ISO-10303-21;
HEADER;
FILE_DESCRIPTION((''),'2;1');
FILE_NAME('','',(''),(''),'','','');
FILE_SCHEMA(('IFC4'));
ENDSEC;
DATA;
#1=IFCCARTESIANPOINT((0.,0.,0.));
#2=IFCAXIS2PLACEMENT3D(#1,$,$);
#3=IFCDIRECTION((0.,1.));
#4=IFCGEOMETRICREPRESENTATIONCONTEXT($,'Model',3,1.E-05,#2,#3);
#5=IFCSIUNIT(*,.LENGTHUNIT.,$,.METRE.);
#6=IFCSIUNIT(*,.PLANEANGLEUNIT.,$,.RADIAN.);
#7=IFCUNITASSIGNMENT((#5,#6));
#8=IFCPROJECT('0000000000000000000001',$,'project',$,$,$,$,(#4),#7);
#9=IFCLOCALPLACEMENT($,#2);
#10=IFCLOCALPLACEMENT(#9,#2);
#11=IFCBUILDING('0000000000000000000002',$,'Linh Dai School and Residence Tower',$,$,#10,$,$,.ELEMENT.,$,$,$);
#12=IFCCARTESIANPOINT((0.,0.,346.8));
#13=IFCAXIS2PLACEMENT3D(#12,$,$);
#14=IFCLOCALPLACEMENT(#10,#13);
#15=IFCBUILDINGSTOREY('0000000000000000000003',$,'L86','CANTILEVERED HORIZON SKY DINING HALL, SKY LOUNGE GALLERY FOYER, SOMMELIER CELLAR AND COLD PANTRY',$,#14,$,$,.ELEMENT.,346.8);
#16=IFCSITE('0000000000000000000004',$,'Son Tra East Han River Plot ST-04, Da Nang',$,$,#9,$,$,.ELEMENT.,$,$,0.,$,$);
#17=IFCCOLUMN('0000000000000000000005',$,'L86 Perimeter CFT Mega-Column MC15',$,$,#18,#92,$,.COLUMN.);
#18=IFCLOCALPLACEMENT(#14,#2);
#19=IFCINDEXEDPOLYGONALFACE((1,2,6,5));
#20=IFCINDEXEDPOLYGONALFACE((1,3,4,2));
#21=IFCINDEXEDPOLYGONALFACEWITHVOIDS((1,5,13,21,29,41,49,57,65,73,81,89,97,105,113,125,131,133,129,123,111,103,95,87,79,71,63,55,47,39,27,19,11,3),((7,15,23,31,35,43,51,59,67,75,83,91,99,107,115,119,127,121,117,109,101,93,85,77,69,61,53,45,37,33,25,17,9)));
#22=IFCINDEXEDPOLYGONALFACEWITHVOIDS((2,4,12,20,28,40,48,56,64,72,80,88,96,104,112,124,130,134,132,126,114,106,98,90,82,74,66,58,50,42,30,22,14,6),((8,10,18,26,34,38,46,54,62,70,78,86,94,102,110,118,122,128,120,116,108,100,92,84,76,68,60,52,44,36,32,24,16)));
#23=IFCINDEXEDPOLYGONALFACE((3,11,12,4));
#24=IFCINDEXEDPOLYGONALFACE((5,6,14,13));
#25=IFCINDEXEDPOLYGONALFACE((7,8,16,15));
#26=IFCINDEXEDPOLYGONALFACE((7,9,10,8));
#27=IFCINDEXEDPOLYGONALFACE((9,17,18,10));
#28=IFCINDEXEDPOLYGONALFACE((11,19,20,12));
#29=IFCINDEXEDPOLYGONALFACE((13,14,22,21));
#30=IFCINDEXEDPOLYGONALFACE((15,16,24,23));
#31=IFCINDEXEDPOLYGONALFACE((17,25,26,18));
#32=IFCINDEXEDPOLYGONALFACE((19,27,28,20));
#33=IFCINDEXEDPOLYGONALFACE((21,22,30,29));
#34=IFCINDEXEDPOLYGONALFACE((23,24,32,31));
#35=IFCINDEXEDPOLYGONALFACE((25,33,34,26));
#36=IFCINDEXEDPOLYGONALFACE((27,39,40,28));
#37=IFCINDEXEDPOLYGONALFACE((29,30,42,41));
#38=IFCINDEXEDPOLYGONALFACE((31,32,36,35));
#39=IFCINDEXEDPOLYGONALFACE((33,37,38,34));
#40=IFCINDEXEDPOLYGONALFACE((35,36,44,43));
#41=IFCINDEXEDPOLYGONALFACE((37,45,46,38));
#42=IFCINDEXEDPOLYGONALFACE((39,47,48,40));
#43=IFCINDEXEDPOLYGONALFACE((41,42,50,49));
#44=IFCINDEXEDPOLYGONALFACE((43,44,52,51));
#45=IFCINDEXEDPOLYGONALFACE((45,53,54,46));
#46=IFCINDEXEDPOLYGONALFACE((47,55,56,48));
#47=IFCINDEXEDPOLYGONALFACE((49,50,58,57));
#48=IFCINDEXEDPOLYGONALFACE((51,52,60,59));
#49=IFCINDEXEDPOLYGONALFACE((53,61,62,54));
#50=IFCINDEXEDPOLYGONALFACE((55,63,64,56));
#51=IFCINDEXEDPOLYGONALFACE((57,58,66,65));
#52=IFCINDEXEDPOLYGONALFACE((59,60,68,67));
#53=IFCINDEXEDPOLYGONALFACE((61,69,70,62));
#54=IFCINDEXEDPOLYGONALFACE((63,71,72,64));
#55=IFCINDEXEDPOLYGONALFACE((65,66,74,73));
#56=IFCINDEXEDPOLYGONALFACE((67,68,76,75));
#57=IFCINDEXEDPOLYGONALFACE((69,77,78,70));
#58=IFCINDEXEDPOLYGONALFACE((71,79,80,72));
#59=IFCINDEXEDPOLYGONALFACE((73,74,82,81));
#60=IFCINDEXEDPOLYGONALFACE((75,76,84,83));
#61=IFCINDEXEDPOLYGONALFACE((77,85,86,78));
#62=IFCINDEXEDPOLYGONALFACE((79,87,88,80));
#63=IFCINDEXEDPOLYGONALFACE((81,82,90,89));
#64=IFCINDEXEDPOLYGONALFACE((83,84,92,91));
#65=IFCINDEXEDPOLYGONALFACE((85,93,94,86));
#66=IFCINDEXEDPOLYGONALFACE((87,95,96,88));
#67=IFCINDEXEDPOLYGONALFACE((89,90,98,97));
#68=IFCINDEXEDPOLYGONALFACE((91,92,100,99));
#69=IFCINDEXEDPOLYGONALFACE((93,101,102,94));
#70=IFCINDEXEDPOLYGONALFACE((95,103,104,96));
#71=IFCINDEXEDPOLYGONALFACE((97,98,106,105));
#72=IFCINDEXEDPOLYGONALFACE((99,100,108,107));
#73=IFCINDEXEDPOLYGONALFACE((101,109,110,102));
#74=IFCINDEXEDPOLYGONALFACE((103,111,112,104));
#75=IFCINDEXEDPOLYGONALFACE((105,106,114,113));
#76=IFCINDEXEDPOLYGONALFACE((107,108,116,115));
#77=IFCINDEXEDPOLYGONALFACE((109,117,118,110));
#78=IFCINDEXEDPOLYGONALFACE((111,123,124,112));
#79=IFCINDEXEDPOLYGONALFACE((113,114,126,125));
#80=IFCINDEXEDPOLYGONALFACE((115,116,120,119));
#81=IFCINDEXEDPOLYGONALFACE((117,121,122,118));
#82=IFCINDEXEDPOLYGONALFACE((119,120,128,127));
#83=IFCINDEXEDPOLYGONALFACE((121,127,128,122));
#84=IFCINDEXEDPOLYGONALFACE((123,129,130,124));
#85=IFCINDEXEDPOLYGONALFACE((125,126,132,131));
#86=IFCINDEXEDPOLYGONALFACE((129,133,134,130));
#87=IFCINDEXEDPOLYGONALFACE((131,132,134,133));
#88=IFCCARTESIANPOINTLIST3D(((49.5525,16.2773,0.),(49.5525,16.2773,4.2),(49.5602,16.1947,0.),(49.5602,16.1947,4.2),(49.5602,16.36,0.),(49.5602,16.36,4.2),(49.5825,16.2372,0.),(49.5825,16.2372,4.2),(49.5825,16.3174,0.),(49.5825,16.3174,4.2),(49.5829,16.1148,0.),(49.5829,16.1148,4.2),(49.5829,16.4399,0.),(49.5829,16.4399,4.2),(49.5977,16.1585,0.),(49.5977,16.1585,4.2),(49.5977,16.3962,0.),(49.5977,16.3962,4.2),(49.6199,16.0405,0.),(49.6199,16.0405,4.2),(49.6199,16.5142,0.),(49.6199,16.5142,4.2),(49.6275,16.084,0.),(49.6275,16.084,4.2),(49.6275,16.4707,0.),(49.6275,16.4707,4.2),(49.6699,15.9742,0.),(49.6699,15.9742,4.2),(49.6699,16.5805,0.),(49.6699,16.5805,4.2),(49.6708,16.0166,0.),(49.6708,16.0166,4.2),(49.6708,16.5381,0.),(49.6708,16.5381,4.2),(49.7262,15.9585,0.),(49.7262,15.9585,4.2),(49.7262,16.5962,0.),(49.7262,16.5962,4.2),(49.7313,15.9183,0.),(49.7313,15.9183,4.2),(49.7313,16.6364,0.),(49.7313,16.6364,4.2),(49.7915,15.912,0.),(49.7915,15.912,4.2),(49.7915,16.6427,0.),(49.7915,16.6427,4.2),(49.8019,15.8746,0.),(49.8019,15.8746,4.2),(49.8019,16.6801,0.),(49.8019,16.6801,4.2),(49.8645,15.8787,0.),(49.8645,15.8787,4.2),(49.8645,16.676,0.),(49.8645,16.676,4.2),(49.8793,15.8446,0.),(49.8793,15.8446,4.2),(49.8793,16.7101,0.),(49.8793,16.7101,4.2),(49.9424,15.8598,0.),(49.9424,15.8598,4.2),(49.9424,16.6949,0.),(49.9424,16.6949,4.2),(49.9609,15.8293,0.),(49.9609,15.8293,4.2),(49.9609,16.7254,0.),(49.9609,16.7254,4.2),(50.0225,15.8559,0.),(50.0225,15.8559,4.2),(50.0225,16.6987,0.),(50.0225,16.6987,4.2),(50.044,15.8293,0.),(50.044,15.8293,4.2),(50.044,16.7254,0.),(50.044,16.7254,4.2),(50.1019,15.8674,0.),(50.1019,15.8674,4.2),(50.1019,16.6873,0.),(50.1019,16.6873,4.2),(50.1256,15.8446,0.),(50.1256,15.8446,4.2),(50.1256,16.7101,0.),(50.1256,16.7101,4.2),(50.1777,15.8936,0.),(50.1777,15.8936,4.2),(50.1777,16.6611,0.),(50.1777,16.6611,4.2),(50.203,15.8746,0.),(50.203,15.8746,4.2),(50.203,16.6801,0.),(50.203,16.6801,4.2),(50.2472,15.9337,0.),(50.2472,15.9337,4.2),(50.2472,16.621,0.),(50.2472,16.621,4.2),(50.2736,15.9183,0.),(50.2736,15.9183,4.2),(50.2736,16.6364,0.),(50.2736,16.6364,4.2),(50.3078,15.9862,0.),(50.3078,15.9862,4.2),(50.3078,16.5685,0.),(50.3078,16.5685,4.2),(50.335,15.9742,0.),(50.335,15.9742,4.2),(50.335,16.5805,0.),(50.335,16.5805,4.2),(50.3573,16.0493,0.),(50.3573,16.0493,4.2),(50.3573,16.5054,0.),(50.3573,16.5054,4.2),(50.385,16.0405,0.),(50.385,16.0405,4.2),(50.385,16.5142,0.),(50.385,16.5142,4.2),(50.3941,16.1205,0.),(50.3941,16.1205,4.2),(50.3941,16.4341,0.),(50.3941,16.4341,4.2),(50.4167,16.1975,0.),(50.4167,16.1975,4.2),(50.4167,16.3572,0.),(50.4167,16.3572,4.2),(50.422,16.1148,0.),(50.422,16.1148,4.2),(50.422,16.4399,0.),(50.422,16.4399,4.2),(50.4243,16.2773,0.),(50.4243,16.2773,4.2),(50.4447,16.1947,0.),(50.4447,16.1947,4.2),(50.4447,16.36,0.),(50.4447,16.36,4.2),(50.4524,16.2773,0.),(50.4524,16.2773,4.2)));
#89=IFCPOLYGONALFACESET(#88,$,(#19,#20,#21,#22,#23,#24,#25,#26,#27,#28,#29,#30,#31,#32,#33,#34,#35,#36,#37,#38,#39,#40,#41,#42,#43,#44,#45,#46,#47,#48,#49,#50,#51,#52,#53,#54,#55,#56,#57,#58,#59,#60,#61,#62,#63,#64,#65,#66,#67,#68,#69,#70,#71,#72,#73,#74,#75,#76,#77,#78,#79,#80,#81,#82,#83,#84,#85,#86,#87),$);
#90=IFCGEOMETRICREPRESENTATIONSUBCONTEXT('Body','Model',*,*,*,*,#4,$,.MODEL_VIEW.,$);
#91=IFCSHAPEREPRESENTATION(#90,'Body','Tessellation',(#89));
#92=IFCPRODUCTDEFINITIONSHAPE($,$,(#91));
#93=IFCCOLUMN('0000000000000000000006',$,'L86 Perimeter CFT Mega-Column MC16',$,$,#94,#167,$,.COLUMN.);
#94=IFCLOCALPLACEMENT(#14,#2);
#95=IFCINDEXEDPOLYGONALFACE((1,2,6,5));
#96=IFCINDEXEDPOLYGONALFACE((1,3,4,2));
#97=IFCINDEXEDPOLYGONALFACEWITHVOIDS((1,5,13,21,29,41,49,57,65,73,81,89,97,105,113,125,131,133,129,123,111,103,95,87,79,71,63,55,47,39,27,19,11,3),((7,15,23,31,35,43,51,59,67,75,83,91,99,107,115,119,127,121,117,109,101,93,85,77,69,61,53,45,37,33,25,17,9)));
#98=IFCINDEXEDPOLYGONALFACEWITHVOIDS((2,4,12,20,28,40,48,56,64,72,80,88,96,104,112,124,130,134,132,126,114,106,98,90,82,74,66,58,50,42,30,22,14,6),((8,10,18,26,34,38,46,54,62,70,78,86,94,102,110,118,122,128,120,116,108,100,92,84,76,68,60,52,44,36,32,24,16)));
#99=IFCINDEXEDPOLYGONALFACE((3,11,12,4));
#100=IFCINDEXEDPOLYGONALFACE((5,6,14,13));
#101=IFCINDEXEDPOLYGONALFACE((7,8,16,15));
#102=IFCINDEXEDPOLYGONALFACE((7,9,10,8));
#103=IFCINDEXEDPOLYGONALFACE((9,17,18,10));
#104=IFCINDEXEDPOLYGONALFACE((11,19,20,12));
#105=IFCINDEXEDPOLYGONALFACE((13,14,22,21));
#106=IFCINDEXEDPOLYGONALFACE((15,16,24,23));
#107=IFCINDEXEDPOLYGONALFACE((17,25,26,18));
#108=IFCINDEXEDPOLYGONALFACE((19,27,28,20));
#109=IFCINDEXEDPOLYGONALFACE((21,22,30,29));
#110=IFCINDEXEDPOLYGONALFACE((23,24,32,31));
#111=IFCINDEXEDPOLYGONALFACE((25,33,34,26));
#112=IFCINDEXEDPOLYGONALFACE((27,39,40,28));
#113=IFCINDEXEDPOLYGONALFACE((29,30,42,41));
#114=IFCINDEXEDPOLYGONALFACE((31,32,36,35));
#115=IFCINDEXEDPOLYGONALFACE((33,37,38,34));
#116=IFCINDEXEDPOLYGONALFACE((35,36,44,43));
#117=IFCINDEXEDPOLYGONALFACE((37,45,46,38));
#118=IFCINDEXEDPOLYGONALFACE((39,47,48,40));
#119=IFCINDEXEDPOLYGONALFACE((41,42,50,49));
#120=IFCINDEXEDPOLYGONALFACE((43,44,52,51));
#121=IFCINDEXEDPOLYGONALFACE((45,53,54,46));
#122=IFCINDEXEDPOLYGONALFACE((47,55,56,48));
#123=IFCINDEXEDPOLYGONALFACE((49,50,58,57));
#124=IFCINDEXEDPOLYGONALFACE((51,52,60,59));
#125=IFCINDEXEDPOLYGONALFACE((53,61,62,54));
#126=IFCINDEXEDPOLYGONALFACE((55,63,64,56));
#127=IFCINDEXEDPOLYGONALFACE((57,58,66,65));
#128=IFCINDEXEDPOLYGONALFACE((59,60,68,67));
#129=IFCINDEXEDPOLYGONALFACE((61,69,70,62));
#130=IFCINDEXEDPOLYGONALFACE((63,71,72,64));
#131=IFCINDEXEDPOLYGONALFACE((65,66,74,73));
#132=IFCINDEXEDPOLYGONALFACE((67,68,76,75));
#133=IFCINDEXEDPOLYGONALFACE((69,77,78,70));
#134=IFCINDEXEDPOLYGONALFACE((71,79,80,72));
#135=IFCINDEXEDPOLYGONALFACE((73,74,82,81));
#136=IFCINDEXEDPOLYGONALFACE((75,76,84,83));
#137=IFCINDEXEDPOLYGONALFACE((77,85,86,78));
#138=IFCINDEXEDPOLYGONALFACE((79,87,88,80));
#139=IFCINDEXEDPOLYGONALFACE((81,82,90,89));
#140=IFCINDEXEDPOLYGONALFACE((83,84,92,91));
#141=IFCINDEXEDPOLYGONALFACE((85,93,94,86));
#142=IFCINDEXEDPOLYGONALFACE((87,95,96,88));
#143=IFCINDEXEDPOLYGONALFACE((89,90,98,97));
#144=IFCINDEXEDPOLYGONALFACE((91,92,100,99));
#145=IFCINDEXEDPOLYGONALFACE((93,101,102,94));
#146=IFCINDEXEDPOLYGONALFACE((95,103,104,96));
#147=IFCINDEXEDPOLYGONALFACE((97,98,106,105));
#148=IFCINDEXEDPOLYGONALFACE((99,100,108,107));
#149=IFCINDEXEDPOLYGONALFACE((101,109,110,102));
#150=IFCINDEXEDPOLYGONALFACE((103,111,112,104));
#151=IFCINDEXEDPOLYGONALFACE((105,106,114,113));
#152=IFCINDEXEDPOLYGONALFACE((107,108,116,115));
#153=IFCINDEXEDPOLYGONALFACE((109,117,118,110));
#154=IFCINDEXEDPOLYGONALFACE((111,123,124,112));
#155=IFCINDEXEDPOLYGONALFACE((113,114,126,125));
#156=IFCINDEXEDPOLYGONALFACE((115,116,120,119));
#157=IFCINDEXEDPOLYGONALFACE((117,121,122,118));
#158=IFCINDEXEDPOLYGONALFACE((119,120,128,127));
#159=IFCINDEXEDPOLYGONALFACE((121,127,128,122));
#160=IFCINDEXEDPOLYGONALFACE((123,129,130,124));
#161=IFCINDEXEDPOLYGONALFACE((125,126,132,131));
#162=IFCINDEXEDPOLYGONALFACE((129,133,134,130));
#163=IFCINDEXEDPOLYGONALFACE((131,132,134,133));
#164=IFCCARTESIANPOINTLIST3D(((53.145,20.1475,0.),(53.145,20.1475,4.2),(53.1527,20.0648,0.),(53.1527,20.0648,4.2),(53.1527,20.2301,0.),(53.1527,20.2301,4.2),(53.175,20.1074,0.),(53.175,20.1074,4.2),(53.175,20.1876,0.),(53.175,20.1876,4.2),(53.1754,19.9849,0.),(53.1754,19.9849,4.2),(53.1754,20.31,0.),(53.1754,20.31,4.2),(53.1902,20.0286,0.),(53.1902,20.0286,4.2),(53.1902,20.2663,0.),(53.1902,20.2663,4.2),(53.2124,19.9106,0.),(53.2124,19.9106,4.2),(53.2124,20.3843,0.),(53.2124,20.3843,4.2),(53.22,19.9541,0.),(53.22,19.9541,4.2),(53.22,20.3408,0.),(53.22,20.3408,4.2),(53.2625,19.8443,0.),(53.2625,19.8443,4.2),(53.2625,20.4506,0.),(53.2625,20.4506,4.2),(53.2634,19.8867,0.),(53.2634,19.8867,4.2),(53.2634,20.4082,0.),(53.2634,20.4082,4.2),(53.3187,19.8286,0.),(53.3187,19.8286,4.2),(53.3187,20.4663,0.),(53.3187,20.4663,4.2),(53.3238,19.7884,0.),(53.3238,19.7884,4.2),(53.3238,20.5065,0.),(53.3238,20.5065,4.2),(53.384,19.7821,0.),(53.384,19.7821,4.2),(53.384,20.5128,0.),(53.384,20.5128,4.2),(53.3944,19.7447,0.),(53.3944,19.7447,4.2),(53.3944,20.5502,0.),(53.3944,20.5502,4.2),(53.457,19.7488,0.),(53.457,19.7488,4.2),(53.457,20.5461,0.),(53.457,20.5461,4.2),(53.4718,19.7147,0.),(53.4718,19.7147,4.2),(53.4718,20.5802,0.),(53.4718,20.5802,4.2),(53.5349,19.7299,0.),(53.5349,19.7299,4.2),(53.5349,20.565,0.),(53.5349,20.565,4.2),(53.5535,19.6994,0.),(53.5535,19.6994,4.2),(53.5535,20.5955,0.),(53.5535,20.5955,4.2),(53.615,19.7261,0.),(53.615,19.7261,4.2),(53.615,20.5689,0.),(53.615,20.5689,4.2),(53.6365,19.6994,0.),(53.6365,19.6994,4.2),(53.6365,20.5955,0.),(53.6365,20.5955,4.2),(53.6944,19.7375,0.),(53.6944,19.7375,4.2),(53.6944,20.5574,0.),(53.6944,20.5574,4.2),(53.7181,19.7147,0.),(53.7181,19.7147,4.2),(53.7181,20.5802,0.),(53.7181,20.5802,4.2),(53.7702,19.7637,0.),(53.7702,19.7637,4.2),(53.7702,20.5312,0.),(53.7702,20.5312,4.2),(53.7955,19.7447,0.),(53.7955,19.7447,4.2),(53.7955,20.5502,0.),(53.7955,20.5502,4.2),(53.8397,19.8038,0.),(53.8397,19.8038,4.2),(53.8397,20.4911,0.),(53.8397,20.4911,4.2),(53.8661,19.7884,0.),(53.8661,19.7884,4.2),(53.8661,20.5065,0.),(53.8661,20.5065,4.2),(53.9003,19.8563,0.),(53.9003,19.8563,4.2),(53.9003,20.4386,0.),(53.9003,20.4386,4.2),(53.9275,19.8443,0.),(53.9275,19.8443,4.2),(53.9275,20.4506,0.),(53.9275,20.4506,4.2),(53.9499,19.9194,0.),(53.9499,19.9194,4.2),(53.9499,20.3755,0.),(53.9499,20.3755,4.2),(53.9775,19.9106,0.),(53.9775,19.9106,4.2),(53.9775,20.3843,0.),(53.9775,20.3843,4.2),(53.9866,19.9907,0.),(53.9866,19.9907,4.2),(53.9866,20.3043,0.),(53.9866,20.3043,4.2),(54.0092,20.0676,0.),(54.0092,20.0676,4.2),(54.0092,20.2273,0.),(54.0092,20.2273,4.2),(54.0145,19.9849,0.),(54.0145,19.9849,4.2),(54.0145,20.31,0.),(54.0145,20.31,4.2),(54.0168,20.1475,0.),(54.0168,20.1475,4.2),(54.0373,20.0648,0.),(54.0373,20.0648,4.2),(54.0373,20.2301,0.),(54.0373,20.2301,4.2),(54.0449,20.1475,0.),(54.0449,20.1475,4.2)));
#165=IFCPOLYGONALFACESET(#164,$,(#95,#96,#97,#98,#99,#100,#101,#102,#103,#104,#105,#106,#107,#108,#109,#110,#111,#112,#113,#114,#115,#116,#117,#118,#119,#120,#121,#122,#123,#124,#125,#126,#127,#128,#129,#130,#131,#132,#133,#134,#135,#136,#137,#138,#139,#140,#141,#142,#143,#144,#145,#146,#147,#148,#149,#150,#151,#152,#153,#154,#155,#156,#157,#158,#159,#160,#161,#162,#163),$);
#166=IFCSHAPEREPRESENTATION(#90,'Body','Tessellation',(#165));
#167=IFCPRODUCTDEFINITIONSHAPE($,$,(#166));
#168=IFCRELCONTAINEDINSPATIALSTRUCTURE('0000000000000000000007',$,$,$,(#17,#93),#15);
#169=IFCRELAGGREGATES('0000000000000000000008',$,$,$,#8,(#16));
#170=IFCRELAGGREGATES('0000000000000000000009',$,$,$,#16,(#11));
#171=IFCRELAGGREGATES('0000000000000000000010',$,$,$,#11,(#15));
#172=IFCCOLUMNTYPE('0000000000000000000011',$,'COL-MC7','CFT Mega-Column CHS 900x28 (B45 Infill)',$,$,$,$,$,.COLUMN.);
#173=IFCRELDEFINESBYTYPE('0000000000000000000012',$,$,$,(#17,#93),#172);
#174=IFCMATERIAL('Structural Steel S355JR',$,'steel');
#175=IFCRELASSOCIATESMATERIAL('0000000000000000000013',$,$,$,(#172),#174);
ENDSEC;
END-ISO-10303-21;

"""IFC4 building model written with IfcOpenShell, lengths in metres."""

from ifc_helpers import new_model, si_unit, direction, frame, origin, origin_2d, place, context, subcontext, project, spatial, hollow_circle, extrude, material, material_profile, profile_set, type_object, element, save


model = new_model("IFC4")

# Units and contexts
model_context = context("Model", 3, precision=1e-05, world=origin(), true_north=direction((0.0, 1.0)))
body_context = subcontext(model_context, "Body", "Model", "MODEL_VIEW")
ifc_project = project(units=[si_unit("LENGTHUNIT", "METRE"), si_unit("PLANEANGLEUNIT", "RADIAN")], contexts=[model_context])

# Site, building, storey
site_placement = place(None, origin())
site = spatial("IfcSite", under=ifc_project, at=site_placement, Name="Son Tra East Han River Plot ST-04, Da Nang", CompositionType="ELEMENT", RefElevation=0.0)
building_placement = place(site_placement, origin())
building = spatial("IfcBuilding", under=site, at=building_placement, Name="Linh Dai School and Residence Tower", CompositionType="ELEMENT")
storey_placement = place(building_placement, frame((0.0, 0.0, 346.8)))
storey = spatial("IfcBuildingStorey", under=building, at=storey_placement, Name="L86", Description="CANTILEVERED HORIZON SKY DINING HALL, SKY LOUNGE GALLERY FOYER, SOMMELIER CELLAR AND COLD PANTRY", CompositionType="ELEMENT", Elevation=346.8)

# Columns
ifc_material_1 = material(Name="Structural Steel S355JR", Category="steel")
ifc_material_profile_1 = material_profile(ifc_material_1, hollow_circle(Radius=0.45, WallThickness=0.0281, at=origin_2d()), Name="CHS 900x28")
ifc_profile_set_1 = profile_set([ifc_material_profile_1], Name="Structural Steel S355JR")
column_type_1 = type_object("IfcColumnType", Name="COL-MC7", Description="CFT Mega-Column CHS 900x28 (B45 Infill)", PredefinedType="COLUMN", material=ifc_profile_set_1)
for number, where, z_axis, x_axis, name in (
    (1, (50.0024, 16.2773, 0.0), (0.0, 0.0, 1.0), (1.0, 0.0, 0.0), "L86 Perimeter CFT Mega-Column MC15"),
    (2, (53.595, 20.1475, 0.0), (0.0, 0.0, 1.0), (1.0, 0.0, 0.0), "L86 Perimeter CFT Mega-Column MC16"),
):
    element("IfcColumn", number, at=place(storey_placement, frame(where, z_axis=z_axis, x_axis=x_axis)), inside=storey, type_object=column_type_1, Name=name, PredefinedType="COLUMN", context=body_context, shape_type="SweptSolid", body=[
        extrude(hollow_circle(Radius=0.45, WallThickness=0.0281, at=origin_2d()), origin(), (0.0, 0.0, 1.0), 4.2),
    ])

save(model, "model.ifc")
